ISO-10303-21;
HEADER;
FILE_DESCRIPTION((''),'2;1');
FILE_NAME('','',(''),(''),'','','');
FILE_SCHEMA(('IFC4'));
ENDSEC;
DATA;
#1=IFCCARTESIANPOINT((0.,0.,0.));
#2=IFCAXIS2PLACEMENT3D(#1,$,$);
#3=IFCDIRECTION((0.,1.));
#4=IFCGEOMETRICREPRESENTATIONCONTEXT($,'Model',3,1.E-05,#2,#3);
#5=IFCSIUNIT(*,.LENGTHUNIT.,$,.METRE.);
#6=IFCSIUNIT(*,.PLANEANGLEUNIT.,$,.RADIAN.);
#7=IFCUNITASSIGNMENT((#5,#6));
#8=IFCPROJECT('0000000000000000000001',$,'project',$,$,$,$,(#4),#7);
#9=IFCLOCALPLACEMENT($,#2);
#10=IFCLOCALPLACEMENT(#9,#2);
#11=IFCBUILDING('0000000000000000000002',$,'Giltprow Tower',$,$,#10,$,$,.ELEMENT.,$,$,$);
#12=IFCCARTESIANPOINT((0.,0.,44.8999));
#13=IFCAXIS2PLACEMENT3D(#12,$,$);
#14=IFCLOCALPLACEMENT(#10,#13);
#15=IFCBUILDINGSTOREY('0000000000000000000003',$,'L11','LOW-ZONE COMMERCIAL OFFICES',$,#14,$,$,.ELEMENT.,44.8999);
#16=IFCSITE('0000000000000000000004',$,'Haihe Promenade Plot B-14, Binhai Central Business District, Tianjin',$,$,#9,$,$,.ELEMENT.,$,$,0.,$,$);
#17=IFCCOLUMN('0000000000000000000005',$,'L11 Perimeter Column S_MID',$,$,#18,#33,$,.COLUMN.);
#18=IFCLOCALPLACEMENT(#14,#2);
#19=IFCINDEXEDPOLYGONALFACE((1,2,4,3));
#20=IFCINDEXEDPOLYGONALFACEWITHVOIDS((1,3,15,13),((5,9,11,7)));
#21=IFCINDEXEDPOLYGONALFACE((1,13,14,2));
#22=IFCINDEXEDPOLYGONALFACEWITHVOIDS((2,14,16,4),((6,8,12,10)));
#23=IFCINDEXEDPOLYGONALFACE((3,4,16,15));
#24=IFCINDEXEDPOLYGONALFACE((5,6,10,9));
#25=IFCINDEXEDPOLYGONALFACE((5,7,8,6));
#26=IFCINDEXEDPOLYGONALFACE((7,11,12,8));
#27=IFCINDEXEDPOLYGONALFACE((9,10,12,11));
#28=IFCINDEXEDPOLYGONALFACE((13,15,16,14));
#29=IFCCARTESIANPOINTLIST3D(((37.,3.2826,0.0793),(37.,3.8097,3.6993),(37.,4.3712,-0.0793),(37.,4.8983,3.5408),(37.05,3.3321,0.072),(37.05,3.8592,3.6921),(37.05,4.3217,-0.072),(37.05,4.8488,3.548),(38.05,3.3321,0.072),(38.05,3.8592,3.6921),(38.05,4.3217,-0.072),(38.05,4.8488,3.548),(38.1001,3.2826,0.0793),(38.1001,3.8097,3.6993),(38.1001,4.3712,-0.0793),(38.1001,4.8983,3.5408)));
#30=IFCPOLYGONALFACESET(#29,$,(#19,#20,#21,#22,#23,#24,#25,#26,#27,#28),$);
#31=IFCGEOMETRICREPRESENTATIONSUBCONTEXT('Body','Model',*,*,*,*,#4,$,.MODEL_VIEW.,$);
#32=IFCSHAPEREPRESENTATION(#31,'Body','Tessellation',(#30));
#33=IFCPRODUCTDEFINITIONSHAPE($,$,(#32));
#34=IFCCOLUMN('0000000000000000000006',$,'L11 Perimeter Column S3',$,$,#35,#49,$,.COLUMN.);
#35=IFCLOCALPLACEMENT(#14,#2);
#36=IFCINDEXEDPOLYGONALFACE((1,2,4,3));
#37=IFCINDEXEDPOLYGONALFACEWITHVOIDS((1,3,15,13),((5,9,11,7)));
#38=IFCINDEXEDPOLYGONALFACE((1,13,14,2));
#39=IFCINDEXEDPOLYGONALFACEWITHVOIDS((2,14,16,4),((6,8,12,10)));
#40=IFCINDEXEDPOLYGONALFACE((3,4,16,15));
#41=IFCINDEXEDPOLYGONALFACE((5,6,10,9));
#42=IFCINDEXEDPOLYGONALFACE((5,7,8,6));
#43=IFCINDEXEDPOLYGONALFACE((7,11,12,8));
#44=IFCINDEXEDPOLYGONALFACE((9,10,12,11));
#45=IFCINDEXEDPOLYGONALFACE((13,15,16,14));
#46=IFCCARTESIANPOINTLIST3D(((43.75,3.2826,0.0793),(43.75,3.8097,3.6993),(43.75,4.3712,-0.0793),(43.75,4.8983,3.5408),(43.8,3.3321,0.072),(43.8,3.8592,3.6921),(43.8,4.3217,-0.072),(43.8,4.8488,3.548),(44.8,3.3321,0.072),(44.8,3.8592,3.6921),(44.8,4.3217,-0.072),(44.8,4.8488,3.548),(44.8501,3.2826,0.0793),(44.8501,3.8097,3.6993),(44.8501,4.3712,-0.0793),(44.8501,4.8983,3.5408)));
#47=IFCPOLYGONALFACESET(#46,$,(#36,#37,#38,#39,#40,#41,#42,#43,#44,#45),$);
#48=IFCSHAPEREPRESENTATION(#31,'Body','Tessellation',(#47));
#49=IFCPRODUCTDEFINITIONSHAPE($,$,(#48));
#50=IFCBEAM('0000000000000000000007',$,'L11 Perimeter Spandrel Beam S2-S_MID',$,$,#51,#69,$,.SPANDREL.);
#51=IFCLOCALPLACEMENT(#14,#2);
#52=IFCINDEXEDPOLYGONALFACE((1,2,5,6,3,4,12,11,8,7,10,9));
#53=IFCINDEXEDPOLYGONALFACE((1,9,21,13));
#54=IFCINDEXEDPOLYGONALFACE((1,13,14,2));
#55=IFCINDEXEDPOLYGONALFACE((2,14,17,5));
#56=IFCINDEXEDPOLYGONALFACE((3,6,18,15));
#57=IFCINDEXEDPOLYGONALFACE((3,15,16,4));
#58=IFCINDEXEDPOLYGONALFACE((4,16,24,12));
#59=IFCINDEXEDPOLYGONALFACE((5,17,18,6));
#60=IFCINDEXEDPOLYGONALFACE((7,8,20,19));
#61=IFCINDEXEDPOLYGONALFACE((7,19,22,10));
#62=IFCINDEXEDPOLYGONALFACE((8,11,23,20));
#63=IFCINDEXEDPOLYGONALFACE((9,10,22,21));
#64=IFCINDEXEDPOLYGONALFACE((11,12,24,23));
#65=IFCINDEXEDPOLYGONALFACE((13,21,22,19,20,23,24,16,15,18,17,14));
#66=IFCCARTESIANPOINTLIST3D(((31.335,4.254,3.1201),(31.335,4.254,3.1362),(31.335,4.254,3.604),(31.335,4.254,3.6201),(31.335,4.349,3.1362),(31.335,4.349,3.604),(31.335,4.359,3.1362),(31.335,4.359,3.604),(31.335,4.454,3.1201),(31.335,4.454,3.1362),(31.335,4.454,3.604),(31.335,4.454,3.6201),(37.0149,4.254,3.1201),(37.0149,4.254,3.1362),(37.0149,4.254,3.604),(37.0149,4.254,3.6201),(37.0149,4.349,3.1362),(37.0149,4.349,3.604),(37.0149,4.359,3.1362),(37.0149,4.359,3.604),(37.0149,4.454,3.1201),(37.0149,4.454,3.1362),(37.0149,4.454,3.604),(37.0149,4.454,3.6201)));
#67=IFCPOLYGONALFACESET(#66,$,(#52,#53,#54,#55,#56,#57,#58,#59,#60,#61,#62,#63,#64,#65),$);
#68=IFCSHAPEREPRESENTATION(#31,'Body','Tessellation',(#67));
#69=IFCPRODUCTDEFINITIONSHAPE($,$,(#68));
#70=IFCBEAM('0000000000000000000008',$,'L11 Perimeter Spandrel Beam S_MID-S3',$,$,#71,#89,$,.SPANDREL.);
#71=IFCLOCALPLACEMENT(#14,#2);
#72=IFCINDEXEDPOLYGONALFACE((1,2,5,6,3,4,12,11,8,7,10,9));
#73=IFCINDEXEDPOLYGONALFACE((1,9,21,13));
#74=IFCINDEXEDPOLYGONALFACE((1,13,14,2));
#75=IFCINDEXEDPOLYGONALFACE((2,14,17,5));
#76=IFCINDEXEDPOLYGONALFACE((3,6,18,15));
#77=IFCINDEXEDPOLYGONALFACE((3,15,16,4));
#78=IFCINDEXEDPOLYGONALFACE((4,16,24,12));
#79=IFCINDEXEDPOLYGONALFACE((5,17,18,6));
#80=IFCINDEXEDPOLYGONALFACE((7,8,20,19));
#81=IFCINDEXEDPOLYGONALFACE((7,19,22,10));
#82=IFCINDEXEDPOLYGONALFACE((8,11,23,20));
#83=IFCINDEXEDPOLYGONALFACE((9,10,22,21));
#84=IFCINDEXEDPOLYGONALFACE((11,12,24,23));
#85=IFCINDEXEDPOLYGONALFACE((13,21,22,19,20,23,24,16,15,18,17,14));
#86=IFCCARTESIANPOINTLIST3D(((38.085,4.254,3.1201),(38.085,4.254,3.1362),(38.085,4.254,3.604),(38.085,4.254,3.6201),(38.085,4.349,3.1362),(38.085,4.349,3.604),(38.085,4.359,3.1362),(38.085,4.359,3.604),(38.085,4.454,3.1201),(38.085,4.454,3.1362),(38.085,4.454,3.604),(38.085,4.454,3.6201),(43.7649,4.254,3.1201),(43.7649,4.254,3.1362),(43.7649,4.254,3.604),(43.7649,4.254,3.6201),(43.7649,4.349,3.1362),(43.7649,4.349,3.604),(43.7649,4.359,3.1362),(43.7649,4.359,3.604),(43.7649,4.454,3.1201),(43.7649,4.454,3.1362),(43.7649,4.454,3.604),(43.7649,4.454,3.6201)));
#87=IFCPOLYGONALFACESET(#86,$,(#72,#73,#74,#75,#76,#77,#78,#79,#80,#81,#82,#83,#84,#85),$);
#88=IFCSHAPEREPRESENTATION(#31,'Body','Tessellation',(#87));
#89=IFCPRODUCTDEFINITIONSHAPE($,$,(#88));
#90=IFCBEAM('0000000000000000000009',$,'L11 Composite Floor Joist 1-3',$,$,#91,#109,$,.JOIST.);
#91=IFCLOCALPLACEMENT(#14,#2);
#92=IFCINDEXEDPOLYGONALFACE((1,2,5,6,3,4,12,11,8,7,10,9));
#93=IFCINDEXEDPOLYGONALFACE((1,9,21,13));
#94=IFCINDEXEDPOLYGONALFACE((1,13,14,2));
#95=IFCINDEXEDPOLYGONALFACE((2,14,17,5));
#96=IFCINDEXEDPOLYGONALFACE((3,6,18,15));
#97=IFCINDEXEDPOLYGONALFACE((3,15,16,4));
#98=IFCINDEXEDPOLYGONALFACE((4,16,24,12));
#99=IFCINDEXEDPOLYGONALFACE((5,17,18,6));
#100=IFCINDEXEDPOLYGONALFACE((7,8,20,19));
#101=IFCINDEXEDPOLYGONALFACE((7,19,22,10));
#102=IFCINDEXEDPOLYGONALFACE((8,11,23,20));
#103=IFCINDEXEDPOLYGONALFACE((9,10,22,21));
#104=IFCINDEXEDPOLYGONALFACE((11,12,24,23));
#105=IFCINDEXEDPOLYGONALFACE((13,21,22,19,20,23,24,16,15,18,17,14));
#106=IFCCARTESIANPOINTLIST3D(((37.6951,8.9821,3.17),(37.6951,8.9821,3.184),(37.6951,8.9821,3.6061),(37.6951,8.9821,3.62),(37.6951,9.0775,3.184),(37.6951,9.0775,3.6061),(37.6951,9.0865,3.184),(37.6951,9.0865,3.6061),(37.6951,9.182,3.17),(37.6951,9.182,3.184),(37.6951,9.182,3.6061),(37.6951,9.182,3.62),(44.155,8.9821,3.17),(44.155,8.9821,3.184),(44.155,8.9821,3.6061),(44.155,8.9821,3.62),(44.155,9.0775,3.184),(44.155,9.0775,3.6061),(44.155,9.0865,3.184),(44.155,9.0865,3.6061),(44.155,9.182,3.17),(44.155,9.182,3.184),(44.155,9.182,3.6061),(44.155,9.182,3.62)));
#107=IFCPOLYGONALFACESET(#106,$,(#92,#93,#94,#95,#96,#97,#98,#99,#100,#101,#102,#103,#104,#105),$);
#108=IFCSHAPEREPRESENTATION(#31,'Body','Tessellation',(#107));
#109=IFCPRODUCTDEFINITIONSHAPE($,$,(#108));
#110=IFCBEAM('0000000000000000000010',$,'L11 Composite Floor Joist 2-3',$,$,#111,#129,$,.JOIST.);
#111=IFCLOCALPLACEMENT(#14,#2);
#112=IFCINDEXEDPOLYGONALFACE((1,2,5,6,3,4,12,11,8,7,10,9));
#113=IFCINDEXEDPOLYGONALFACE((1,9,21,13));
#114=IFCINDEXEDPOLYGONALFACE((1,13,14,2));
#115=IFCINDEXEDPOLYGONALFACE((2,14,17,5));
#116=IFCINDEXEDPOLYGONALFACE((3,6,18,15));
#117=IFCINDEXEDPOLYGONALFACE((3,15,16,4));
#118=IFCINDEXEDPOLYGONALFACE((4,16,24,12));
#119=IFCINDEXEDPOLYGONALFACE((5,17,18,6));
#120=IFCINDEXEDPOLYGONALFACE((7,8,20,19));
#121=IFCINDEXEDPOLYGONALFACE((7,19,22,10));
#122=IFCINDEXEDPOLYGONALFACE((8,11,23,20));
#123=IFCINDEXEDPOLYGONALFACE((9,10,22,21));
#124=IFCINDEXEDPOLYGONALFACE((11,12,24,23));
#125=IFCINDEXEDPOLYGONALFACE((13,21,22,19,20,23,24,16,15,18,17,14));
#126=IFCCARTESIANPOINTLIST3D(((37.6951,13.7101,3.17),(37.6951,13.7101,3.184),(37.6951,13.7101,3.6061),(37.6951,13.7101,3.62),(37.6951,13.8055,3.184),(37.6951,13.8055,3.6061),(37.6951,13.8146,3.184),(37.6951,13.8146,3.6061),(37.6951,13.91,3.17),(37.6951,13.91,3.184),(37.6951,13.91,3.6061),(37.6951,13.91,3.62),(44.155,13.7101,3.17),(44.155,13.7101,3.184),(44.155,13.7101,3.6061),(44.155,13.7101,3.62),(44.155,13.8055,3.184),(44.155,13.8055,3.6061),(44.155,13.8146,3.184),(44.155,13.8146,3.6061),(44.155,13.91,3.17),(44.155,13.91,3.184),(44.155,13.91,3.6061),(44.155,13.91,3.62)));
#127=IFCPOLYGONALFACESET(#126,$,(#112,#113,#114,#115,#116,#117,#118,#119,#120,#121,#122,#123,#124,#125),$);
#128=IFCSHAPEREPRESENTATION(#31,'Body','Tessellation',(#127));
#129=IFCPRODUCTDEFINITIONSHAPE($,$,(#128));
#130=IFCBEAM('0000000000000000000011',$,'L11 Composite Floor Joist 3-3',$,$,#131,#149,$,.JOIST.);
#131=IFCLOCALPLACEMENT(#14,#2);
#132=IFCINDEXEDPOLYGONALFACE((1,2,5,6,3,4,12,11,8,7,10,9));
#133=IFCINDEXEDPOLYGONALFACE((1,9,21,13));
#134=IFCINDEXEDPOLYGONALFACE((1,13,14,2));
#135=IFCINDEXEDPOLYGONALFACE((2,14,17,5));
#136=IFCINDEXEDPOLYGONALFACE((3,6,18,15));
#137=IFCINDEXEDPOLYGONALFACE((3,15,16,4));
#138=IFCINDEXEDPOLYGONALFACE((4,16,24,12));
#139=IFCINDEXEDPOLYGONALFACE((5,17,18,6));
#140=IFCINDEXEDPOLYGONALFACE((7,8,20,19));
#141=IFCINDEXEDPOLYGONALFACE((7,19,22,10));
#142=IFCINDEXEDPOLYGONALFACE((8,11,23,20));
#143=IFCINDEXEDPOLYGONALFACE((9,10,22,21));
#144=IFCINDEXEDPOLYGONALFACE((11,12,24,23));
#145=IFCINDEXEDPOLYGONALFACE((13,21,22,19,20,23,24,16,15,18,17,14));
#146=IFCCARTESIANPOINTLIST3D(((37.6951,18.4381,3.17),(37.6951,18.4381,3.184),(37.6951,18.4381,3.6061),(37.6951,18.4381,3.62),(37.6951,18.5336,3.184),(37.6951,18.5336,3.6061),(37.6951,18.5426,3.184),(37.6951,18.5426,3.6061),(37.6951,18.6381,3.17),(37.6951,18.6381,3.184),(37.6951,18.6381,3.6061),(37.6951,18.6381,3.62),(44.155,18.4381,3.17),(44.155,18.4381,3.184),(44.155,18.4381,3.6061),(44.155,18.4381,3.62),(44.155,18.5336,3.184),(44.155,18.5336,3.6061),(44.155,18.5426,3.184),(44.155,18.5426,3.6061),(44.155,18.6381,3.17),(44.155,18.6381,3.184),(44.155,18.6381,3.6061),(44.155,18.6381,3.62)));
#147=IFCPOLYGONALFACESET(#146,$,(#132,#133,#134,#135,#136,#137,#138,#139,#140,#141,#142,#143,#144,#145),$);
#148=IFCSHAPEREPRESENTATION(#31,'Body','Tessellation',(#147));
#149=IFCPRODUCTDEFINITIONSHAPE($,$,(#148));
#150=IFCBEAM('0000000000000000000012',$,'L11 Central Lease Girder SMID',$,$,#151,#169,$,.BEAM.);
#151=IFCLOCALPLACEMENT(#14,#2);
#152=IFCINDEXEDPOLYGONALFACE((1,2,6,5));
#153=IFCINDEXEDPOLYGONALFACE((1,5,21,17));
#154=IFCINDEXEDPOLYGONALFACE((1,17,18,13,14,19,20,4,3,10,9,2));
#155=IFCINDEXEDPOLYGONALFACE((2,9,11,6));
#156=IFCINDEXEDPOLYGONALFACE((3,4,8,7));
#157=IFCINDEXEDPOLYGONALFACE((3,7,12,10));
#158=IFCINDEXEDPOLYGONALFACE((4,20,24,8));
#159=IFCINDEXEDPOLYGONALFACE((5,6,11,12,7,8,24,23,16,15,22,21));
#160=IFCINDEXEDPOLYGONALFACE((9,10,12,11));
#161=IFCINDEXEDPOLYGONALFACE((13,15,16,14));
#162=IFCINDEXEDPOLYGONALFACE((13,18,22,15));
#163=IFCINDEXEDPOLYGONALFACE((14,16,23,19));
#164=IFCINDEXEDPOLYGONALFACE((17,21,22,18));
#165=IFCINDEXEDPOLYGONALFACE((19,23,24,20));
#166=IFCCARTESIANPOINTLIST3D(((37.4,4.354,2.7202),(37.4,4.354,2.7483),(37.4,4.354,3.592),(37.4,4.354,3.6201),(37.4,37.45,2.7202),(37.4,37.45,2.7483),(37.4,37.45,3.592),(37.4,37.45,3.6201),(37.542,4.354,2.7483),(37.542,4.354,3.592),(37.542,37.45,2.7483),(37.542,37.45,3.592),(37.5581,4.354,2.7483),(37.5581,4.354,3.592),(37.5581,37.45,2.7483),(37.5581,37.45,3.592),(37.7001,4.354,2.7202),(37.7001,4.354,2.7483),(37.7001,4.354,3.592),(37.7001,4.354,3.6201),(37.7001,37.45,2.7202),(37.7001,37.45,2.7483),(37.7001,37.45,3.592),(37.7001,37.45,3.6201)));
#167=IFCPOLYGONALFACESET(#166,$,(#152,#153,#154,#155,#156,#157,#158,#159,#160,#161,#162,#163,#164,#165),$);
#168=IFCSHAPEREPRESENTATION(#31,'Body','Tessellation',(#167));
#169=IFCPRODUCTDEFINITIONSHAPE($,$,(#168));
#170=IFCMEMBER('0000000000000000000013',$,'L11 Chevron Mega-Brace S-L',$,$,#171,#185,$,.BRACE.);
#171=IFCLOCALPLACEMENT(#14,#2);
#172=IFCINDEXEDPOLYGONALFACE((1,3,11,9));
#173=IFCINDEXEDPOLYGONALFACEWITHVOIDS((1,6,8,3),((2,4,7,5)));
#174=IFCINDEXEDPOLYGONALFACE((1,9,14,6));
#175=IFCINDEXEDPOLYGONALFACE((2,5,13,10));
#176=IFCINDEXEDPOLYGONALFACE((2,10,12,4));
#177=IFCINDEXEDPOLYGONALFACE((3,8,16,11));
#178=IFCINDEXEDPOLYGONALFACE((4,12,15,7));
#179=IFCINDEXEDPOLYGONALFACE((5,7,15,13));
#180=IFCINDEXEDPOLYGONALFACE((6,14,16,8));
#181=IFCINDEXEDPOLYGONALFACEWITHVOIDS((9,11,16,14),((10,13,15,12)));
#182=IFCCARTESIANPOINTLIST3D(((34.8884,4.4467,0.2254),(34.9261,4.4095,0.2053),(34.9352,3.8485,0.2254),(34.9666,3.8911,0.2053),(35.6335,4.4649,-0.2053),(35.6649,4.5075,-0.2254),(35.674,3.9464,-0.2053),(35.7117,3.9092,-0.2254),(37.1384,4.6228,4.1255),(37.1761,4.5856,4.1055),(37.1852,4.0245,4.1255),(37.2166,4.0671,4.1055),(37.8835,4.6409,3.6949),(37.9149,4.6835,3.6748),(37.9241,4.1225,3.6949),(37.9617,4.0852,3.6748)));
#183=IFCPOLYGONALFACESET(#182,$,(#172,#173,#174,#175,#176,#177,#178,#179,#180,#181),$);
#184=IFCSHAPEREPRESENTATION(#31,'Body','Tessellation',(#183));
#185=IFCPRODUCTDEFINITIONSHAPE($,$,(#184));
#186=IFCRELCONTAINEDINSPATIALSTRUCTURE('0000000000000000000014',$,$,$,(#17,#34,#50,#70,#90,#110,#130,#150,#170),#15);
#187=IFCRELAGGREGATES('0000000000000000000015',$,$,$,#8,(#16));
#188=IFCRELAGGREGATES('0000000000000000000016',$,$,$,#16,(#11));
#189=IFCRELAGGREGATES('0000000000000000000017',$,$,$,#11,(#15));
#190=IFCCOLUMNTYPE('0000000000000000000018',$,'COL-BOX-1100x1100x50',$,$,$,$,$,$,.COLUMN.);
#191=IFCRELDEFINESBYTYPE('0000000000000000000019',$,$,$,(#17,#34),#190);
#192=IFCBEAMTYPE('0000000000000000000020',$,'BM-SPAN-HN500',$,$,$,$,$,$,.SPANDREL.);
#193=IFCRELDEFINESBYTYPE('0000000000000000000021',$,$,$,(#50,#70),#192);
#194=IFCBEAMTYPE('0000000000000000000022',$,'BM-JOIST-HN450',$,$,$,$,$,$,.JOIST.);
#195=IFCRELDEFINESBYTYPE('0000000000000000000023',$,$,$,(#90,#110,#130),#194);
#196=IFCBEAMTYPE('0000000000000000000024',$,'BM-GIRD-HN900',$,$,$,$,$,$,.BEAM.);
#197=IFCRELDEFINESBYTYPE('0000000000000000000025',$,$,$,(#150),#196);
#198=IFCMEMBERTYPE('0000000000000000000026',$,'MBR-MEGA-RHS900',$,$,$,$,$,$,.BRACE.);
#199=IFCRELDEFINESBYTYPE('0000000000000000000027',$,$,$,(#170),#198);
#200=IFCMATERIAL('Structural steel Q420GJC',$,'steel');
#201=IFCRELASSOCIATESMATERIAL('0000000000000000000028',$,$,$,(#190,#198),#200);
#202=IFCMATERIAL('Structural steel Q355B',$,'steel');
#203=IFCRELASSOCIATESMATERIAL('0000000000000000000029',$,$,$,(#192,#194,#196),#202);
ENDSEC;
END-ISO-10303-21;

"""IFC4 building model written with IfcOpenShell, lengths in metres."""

from ifc_helpers import new_model, si_unit, direction, frame, origin, origin_2d, place, context, subcontext, project, spatial, hollow_rectangle, i_section, extrude, source, transform, mapped, material, material_profile, profile_set, type_object, element, save


model = new_model("IFC4")

# Units and contexts
model_context = context("Model", 3, precision=1e-05, world=origin(), true_north=direction((0.0, 1.0)))
body_context = subcontext(model_context, "Body", "Model", "MODEL_VIEW")
ifc_project = project(units=[si_unit("LENGTHUNIT", "METRE"), si_unit("PLANEANGLEUNIT", "RADIAN")], contexts=[model_context])

# Site, building, storey
site_placement = place(None, origin())
site = spatial("IfcSite", under=ifc_project, at=site_placement, Name="Haihe Promenade Plot B-14, Binhai Central Business District, Tianjin", CompositionType="ELEMENT", RefElevation=0.0)
building_placement = place(site_placement, origin())
building = spatial("IfcBuilding", under=site, at=building_placement, Name="Giltprow Tower", CompositionType="ELEMENT")
storey_placement = place(building_placement, frame((0.0, 0.0, 44.8999)))
storey = spatial("IfcBuildingStorey", under=building, at=storey_placement, Name="L11", Description="LOW-ZONE COMMERCIAL OFFICES", CompositionType="ELEMENT", Elevation=44.8999)

# Columns
ifc_material_1 = material(Name="Structural steel Q420GJC", Category="steel")
ifc_material_profile_1 = material_profile(ifc_material_1, hollow_rectangle(XDim=1.1001, YDim=1.1001, WallThickness=0.05, at=origin_2d()), Name="BOX 1100x1100x50")
ifc_profile_set_1 = profile_set([ifc_material_profile_1], Name="Structural steel Q420GJC")
column_type = type_object("IfcColumnType", Name="COL-BOX-1100x1100x50", PredefinedType="COLUMN", material=ifc_profile_set_1)
shared_shape_1 = source(origin(), body_context, "Body", "SweptSolid", [
    extrude(hollow_rectangle(XDim=1.1001, YDim=1.1001, WallThickness=0.05, at=origin_2d()), origin(), (0.0, 0.0, 1.0), 3.6582),
])
for number, where, z_axis, x_axis, name in (
    (1, (37.55, 3.8269, 0.0), (0.0, 0.144084, 0.989566), (-1.0, 0.0, 0.0), "L11 Perimeter Column S_MID"),
    (2, (44.3, 3.8269, 0.0), (0.0, 0.144084, 0.989566), (-1.0, 0.0, 0.0), "L11 Perimeter Column S3"),
):
    element("IfcColumn", number, at=place(storey_placement, frame(where, z_axis=z_axis, x_axis=x_axis)), inside=storey, type_object=column_type, Name=name, PredefinedType="COLUMN", context=body_context, shape_type="MappedRepresentation", body=[
        mapped(shared_shape_1, transform((0.0, 0.0, 0.0), x_axis=(1.0, 0.0, 0.0), y_axis=(0.0, 1.0, 0.0), z_axis=(0.0, 0.0, 1.0), scale=1.0)),
    ])

# Beams
ifc_material_2 = material(Name="Structural steel Q355B", Category="steel")
ifc_material_profile_2 = material_profile(ifc_material_2, i_section(OverallWidth=0.2, OverallDepth=0.5, WebThickness=0.01, FlangeThickness=0.0161, at=origin_2d()), Name="HN 500x200x10x16")
ifc_profile_set_2 = profile_set([ifc_material_profile_2], Name="Structural steel Q355B")
beam_type_1 = type_object("IfcBeamType", Name="BM-SPAN-HN500", PredefinedType="SPANDREL", material=ifc_profile_set_2)
shared_shape_2 = source(origin(), body_context, "Body", "SweptSolid", [
    extrude(i_section(OverallWidth=0.2, OverallDepth=0.5, WebThickness=0.01, FlangeThickness=0.0161, at=origin_2d()), origin(), (0.0, 0.0, 1.0), 5.6799),
])
for number, where, z_axis, x_axis, name in (
    (3, (31.335, 4.354, 3.3701), (1.0, 0.0, 0.0), (0.0, 1.0, 0.0), "L11 Perimeter Spandrel Beam S2-S_MID"),
    (4, (38.085, 4.354, 3.3701), (1.0, 0.0, 0.0), (0.0, 1.0, 0.0), "L11 Perimeter Spandrel Beam S_MID-S3"),
):
    element("IfcBeam", number, at=place(storey_placement, frame(where, z_axis=z_axis, x_axis=x_axis)), inside=storey, type_object=beam_type_1, Name=name, PredefinedType="SPANDREL", context=body_context, shape_type="MappedRepresentation", body=[
        mapped(shared_shape_2, transform((0.0, 0.0, 0.0), x_axis=(1.0, 0.0, 0.0), y_axis=(0.0, 1.0, 0.0), z_axis=(0.0, 0.0, 1.0), scale=1.0)),
    ])
ifc_material_profile_3 = material_profile(ifc_material_2, i_section(OverallWidth=0.2, OverallDepth=0.45, WebThickness=0.009, FlangeThickness=0.0139, at=origin_2d()), Name="HN 450x200x9x14")
ifc_profile_set_3 = profile_set([ifc_material_profile_3], Name="Structural steel Q355B")
beam_type_2 = type_object("IfcBeamType", Name="BM-JOIST-HN450", PredefinedType="JOIST", material=ifc_profile_set_3)
shared_shape_3 = source(origin(), body_context, "Body", "SweptSolid", [
    extrude(i_section(OverallWidth=0.2, OverallDepth=0.45, WebThickness=0.009, FlangeThickness=0.0139, at=origin_2d()), origin(), (0.0, 0.0, 1.0), 6.46),
])
for number, where, z_axis, x_axis, name in (
    (5, (37.6951, 9.082, 3.395), (1.0, 0.0, 0.0), (0.0, 1.0, 0.0), "L11 Composite Floor Joist 1-3"),
    (6, (37.6951, 13.8101, 3.395), (1.0, 0.0, 0.0), (0.0, 1.0, 0.0), "L11 Composite Floor Joist 2-3"),
    (7, (37.6951, 18.5381, 3.395), (1.0, 0.0, 0.0), (0.0, 1.0, 0.0), "L11 Composite Floor Joist 3-3"),
):
    element("IfcBeam", number, at=place(storey_placement, frame(where, z_axis=z_axis, x_axis=x_axis)), inside=storey, type_object=beam_type_2, Name=name, PredefinedType="JOIST", context=body_context, shape_type="MappedRepresentation", body=[
        mapped(shared_shape_3, transform((0.0, 0.0, 0.0), x_axis=(1.0, 0.0, 0.0), y_axis=(0.0, 1.0, 0.0), z_axis=(0.0, 0.0, 1.0), scale=1.0)),
    ])
ifc_material_profile_4 = material_profile(ifc_material_2, i_section(OverallWidth=0.3, OverallDepth=0.8999, WebThickness=0.0161, FlangeThickness=0.0281, at=origin_2d()), Name="HN 900x300x16x28")
ifc_profile_set_4 = profile_set([ifc_material_profile_4], Name="Structural steel Q355B")
beam_type_3 = type_object("IfcBeamType", Name="BM-GIRD-HN900", PredefinedType="BEAM", material=ifc_profile_set_4)
shared_shape_4 = source(origin(), body_context, "Body", "SweptSolid", [
    extrude(i_section(OverallWidth=0.3, OverallDepth=0.8999, WebThickness=0.0161, FlangeThickness=0.0281, at=origin_2d()), origin(), (0.0, 0.0, 1.0), 33.0959),
])
beam_placement = place(storey_placement, frame((37.55, 4.354, 3.1702), z_axis=(0.0, 1.0, 0.0), x_axis=(-1.0, 0.0, 0.0)))
element("IfcBeam", 8, at=beam_placement, inside=storey, type_object=beam_type_3, Name="L11 Central Lease Girder SMID", PredefinedType="BEAM", context=body_context, shape_type="MappedRepresentation", body=[
    mapped(shared_shape_4, transform((0.0, 0.0, 0.0), x_axis=(1.0, 0.0, 0.0), y_axis=(0.0, 1.0, 0.0), z_axis=(0.0, 0.0, 1.0), scale=1.0)),
])

# Member
ifc_material_profile_5 = material_profile(ifc_material_1, hollow_rectangle(XDim=0.6001, YDim=0.8999, WallThickness=0.04, at=origin_2d()), Name="RHS 900x600x40")
ifc_profile_set_5 = profile_set([ifc_material_profile_5], Name="Structural steel Q420GJC")
member_type = type_object("IfcMemberType", Name="MBR-MEGA-RHS900", PredefinedType="BRACE", material=ifc_profile_set_5)
shared_shape_5 = source(origin(), body_context, "Body", "SweptSolid", [
    extrude(hollow_rectangle(XDim=0.6001, YDim=0.8999, WallThickness=0.04, at=origin_2d()), origin(), (0.0, 0.0, 1.0), 4.5061),
])
for number, where, z_axis, x_axis, name in (
    (9, (35.3, 4.178, 0.0), (0.499327, 0.039064, 0.865533), (-0.077995, 0.996954, 0.0), "L11 Chevron Mega-Brace S-L"),
):
    element("IfcMember", number, at=place(storey_placement, frame(where, z_axis=z_axis, x_axis=x_axis)), inside=storey, type_object=member_type, Name=name, PredefinedType="BRACE", context=body_context, shape_type="MappedRepresentation", body=[
        mapped(shared_shape_5, transform((0.0, 0.0, 0.0), x_axis=(1.0, 0.0, 0.0), y_axis=(0.0, 1.0, 0.0), z_axis=(0.0, 0.0, 1.0), scale=1.0)),
    ])

save(model, "model.ifc")
